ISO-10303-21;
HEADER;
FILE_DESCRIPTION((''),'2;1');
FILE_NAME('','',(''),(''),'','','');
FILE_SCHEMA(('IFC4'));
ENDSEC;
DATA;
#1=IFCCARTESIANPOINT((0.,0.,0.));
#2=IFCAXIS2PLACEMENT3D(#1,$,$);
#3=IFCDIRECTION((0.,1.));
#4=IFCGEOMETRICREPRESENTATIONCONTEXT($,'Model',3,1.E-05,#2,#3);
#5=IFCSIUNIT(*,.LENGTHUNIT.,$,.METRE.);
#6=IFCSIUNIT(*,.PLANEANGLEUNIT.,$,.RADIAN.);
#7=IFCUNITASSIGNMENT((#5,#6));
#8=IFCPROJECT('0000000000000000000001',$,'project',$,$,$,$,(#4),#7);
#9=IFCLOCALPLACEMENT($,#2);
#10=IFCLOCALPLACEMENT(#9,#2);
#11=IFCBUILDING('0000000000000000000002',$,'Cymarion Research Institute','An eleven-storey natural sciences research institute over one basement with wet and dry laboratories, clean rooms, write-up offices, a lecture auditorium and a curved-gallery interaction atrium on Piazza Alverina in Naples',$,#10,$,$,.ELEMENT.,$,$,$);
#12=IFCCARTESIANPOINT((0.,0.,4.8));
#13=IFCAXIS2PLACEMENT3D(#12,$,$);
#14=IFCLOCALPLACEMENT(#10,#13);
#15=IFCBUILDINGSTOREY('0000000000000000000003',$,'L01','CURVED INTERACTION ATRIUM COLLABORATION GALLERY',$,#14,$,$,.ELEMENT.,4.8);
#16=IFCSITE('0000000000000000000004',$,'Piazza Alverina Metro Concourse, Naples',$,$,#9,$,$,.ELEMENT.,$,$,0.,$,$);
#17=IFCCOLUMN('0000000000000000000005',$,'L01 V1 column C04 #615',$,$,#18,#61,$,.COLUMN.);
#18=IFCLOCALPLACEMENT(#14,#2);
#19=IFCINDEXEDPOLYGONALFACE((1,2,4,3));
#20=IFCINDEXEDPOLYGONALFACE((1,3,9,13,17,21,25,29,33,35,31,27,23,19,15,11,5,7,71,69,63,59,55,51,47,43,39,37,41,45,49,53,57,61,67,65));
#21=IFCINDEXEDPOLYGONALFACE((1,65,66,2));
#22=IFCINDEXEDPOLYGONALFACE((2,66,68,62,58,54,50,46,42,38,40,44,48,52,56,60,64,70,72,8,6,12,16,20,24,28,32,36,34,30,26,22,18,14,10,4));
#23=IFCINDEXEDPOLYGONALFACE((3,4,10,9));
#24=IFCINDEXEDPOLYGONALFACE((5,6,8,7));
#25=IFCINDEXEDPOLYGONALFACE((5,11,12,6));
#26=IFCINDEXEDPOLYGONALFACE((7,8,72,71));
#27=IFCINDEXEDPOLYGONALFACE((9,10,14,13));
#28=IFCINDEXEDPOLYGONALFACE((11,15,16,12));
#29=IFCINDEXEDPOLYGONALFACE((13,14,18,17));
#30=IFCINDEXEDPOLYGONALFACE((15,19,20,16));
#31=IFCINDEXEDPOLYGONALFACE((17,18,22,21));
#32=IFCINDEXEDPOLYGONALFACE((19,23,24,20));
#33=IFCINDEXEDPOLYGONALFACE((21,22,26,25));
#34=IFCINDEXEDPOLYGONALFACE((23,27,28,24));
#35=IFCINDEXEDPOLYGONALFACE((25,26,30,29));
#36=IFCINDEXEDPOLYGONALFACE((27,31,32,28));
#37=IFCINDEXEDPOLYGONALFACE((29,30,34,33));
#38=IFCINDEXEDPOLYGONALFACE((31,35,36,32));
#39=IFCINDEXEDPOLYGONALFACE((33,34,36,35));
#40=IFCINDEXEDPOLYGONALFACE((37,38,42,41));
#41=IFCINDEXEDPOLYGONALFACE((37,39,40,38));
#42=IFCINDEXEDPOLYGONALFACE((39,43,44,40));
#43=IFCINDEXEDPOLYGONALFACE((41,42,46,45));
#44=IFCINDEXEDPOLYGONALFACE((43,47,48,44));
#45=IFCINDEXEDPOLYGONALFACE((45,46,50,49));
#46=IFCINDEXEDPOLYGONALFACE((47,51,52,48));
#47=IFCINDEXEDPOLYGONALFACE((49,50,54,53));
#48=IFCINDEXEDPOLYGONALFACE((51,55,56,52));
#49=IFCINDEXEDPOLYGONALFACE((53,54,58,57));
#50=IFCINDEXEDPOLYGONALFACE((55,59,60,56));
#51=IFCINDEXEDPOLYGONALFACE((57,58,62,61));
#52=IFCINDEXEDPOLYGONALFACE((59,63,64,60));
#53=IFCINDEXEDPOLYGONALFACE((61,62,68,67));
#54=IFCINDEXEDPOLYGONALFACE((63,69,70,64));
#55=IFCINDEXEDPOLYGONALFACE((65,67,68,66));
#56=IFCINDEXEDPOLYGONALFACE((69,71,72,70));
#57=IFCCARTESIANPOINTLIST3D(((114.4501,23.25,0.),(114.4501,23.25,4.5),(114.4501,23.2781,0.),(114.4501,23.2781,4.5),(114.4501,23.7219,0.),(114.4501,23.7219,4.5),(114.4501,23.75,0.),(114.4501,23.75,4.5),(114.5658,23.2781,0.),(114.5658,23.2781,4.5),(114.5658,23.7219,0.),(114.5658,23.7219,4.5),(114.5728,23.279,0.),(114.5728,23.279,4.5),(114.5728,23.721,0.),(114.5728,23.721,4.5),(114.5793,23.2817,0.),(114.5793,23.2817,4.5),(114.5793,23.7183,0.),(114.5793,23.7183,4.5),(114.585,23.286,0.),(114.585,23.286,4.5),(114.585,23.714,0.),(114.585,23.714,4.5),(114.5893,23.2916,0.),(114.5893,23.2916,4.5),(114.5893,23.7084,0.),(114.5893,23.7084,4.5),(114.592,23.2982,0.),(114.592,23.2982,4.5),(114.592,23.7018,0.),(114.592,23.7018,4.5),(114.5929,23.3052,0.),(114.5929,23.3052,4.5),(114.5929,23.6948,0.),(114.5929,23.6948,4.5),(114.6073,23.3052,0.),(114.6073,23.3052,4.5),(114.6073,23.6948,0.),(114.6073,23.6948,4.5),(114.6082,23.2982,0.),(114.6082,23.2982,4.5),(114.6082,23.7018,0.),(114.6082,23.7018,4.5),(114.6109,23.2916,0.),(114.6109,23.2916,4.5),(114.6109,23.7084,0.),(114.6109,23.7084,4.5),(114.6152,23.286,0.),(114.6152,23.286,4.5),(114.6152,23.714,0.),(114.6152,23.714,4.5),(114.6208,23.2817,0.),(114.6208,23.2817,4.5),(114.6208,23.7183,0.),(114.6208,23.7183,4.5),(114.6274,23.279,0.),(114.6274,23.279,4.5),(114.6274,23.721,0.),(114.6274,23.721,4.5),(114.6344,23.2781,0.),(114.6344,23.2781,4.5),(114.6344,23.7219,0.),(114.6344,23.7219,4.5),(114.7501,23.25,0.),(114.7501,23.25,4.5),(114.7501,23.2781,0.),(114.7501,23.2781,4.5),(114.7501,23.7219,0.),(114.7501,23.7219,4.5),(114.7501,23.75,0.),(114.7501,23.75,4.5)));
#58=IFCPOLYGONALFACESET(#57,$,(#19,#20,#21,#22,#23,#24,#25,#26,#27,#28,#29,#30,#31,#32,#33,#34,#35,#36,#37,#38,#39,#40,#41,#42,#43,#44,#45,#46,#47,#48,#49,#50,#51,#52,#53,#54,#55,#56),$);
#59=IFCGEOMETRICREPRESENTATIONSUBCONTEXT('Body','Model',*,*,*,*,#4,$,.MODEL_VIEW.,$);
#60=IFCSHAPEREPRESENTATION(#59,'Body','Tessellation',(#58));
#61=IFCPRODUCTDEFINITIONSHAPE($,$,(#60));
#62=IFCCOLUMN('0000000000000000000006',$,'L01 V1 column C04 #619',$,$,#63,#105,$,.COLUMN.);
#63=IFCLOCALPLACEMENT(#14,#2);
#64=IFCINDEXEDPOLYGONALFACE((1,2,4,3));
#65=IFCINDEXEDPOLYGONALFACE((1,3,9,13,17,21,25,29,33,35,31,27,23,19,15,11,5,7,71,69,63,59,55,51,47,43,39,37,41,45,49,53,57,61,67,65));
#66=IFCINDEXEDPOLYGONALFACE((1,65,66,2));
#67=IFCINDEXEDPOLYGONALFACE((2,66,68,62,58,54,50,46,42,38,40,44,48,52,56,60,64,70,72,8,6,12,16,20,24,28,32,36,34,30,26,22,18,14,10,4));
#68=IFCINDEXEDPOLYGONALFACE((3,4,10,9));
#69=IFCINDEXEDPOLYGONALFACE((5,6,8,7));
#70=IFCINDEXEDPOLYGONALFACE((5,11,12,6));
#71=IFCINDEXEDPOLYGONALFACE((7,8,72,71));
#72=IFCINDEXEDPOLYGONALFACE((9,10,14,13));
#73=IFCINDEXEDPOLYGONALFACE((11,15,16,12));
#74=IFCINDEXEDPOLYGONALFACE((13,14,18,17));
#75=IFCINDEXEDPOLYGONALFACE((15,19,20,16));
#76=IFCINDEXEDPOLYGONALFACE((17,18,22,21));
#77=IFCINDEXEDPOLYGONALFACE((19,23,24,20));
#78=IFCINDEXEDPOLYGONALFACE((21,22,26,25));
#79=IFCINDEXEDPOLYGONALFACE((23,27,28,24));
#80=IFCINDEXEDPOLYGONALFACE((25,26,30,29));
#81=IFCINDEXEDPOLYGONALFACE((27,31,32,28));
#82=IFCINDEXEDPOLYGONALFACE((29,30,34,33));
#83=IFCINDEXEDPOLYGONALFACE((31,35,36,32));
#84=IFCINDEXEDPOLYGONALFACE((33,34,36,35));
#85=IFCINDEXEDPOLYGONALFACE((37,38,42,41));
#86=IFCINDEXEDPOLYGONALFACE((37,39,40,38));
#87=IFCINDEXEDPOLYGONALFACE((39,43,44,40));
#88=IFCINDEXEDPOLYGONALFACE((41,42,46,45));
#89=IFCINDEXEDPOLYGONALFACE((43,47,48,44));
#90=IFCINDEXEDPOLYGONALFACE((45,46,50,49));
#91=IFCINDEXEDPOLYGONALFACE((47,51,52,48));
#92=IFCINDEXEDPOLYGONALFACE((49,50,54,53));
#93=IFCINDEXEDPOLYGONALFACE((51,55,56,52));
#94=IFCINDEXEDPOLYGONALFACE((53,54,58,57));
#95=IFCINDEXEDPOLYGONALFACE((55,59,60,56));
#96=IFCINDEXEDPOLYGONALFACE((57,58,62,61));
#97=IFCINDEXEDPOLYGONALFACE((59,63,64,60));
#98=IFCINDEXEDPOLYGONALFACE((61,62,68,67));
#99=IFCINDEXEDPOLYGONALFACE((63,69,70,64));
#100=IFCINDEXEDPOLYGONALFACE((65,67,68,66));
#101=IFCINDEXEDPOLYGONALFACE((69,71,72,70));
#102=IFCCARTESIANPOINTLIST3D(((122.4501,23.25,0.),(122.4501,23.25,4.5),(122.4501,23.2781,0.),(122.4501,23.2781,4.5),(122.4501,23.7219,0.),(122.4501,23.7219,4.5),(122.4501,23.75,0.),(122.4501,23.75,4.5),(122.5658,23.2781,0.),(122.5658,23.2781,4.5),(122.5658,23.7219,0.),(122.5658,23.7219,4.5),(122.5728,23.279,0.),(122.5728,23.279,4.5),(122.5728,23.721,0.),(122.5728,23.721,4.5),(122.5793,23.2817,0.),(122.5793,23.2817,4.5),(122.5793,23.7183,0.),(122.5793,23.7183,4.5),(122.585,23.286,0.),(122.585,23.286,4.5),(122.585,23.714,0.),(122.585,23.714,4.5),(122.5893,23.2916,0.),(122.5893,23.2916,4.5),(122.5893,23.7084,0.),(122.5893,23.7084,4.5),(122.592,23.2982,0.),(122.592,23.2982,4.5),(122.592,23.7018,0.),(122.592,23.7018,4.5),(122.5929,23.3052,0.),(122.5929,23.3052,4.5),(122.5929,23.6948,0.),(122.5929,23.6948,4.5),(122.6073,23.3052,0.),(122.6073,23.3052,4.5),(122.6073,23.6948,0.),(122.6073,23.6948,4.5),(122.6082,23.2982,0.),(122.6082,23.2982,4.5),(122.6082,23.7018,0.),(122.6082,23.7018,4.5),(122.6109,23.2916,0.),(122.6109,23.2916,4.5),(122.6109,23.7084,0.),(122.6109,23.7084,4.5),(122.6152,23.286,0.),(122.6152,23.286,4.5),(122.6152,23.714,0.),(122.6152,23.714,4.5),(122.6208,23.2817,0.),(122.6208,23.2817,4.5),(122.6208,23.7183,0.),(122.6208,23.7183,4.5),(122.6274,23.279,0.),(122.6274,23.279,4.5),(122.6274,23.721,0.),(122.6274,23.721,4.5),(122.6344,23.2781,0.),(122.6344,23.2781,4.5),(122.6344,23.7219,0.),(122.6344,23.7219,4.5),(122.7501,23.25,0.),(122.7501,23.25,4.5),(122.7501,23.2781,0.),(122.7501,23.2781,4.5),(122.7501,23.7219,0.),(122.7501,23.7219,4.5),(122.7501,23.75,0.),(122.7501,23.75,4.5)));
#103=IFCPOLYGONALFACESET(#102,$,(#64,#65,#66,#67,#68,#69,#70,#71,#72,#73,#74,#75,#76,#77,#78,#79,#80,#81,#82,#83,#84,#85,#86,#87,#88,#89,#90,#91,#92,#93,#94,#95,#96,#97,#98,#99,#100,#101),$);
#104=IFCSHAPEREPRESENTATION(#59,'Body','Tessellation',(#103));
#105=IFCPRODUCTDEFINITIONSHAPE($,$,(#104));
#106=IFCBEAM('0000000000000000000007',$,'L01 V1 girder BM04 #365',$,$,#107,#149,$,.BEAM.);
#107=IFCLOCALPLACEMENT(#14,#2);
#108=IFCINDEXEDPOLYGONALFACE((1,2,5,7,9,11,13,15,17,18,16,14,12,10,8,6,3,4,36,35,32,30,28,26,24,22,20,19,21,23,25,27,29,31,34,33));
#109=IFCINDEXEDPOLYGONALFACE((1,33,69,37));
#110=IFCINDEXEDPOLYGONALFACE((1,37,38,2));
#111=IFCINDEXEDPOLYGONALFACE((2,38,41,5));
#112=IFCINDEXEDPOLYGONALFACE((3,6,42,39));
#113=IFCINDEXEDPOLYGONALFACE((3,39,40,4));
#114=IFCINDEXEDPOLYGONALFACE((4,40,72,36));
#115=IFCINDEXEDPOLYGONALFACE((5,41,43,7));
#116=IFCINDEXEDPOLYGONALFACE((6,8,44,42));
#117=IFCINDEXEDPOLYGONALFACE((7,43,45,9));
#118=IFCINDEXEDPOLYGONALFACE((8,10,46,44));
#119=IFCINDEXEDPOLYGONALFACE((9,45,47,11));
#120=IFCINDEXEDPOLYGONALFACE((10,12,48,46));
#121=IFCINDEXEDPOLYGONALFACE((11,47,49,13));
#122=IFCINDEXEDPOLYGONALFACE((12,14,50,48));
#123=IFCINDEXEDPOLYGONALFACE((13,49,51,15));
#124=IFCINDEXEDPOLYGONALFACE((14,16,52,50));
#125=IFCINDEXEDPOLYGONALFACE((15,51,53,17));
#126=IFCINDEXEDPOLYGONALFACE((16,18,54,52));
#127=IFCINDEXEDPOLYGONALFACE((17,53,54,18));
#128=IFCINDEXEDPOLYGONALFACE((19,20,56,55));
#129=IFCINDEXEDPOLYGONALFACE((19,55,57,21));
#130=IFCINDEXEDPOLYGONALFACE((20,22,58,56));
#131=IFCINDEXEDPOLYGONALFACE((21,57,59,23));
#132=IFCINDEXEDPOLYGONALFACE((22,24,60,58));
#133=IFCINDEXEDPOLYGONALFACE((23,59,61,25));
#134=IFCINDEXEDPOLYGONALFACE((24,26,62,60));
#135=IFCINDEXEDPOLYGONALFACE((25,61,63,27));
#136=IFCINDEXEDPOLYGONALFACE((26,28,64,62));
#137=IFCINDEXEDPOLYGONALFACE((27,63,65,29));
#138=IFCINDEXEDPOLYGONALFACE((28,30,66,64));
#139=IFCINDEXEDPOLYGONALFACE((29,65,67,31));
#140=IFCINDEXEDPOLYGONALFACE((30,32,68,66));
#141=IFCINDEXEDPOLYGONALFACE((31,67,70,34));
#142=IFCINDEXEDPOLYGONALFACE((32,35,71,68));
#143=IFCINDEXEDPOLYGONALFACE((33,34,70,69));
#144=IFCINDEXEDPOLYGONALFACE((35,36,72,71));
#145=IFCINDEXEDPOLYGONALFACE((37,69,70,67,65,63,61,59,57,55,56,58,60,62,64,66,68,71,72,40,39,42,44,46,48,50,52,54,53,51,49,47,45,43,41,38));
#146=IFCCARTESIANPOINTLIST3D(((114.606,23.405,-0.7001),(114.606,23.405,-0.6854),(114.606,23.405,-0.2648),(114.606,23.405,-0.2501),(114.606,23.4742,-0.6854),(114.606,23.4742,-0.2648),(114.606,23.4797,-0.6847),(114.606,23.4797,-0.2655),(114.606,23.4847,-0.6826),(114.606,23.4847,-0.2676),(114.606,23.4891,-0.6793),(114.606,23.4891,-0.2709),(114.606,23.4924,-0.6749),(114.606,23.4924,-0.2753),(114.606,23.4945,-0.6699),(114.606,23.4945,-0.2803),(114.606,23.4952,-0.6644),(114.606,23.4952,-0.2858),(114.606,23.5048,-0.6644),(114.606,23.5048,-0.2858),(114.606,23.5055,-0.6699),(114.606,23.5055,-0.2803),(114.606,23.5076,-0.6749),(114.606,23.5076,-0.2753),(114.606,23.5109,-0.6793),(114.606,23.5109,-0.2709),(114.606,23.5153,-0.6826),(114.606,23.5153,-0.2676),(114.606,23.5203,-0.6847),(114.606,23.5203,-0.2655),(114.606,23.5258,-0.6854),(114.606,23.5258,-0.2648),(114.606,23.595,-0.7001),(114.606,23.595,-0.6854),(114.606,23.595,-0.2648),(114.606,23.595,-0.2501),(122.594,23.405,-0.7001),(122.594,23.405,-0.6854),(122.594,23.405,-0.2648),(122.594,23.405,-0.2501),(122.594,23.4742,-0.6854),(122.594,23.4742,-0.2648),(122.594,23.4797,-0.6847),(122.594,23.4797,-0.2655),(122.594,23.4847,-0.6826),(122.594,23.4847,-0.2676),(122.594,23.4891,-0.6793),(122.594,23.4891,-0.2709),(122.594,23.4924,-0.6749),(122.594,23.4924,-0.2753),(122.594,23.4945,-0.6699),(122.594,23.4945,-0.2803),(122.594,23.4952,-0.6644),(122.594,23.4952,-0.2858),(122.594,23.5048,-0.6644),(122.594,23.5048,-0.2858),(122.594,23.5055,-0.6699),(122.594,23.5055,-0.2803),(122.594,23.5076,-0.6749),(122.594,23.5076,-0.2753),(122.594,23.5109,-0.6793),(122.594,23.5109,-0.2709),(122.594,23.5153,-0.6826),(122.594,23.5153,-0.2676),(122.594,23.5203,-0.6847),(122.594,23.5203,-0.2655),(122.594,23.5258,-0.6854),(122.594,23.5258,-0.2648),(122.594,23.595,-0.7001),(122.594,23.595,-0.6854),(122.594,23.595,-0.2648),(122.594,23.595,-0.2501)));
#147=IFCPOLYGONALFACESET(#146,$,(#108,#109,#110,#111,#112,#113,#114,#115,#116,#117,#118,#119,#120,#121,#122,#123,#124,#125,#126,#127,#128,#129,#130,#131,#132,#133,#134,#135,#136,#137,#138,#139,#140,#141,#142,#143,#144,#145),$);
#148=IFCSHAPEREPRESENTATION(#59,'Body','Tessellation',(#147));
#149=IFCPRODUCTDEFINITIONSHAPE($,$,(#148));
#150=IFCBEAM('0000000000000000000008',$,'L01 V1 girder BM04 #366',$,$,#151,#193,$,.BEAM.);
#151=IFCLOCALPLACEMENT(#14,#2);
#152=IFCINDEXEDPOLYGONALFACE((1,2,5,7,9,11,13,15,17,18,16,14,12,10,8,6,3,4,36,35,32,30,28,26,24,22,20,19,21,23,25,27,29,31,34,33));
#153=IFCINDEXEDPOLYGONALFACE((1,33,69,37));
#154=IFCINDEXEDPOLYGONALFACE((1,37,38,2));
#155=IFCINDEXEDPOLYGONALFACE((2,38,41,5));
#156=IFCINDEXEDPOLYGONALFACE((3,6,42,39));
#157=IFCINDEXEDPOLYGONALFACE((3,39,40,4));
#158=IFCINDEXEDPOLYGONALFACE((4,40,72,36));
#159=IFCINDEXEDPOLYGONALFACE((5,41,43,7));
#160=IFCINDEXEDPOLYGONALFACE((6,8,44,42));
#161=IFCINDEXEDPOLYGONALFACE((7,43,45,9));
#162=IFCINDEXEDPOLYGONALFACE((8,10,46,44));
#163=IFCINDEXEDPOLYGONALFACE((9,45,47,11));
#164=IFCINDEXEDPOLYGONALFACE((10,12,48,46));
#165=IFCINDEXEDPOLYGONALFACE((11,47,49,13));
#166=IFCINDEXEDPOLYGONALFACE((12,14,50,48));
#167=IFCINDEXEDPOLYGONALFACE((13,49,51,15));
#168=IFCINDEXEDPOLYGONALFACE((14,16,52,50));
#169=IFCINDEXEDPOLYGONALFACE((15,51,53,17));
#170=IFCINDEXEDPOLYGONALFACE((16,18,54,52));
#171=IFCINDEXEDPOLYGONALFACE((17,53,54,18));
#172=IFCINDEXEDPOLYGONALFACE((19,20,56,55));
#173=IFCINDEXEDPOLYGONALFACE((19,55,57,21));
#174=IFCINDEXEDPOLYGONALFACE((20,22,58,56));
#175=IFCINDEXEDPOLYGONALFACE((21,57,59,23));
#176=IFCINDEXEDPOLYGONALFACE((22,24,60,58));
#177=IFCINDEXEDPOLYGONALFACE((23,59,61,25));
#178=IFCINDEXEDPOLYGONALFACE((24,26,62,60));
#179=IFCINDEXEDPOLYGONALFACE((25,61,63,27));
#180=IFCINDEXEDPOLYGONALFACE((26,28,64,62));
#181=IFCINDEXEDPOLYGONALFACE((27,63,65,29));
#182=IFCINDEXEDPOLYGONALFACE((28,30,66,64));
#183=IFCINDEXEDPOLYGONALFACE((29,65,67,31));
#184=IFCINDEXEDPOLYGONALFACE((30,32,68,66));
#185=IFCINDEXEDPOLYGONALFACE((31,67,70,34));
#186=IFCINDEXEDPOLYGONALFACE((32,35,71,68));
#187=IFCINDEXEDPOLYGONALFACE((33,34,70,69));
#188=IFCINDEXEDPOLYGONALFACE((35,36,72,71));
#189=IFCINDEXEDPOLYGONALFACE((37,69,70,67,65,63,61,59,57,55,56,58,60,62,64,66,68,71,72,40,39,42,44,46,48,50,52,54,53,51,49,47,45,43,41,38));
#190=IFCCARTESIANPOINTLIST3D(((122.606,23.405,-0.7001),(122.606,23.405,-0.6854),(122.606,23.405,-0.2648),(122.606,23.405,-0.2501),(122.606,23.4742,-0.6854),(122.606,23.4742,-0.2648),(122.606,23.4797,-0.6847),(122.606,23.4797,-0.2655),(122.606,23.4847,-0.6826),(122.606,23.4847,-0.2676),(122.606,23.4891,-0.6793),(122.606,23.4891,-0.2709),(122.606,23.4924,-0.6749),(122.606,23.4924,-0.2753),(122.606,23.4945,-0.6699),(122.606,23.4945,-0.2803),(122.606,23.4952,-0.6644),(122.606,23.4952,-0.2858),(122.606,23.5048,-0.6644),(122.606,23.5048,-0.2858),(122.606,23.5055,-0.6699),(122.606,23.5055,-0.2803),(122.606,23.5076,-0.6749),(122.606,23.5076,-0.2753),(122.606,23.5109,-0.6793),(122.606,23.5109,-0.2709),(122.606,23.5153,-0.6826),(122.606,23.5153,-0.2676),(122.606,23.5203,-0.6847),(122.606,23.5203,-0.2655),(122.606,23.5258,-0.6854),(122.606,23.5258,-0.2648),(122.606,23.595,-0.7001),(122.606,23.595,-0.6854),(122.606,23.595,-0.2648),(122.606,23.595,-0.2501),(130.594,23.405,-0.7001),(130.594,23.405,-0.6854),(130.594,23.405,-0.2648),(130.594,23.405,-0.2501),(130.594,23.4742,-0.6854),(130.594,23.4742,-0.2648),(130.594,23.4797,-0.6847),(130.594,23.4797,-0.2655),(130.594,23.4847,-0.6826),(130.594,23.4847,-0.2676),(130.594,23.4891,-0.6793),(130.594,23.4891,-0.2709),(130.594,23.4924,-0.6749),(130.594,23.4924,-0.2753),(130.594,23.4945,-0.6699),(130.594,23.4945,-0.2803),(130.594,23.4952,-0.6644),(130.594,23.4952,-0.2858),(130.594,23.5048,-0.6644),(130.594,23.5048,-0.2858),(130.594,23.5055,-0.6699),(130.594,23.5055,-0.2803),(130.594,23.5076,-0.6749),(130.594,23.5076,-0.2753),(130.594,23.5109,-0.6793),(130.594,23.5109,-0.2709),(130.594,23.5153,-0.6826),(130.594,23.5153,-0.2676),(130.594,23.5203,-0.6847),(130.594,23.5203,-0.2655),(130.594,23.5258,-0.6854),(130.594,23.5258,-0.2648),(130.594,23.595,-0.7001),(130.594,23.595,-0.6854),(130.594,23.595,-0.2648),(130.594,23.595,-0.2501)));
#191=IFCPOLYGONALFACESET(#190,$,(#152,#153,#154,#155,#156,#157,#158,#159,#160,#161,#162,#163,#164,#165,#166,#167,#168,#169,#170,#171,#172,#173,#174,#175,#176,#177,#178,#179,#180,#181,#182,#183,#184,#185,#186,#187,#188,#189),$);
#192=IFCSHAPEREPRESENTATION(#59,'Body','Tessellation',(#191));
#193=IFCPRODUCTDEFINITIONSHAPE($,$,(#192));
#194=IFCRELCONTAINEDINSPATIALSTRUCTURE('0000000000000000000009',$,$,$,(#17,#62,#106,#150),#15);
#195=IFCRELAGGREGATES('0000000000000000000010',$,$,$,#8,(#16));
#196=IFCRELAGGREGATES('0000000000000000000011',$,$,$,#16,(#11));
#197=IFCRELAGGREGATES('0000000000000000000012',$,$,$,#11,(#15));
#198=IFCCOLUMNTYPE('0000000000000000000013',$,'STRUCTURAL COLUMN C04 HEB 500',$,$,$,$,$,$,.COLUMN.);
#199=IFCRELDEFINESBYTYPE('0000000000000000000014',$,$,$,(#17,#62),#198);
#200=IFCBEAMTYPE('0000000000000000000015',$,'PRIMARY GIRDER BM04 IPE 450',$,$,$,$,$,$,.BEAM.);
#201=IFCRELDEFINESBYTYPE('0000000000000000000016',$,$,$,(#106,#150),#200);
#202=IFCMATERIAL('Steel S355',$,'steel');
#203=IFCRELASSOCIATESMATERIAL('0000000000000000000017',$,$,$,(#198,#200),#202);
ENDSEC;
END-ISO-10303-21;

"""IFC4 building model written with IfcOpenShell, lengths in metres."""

from ifc_helpers import new_model, si_unit, direction, frame, origin, origin_2d, place, context, subcontext, project, spatial, i_section, extrude, material, material_profile, profile_set, type_object, element, save


model = new_model("IFC4")

# Units and contexts
model_context = context("Model", 3, precision=1e-05, world=origin(), true_north=direction((0.0, 1.0)))
body_context = subcontext(model_context, "Body", "Model", "MODEL_VIEW")
ifc_project = project(units=[si_unit("LENGTHUNIT", "METRE"), si_unit("PLANEANGLEUNIT", "RADIAN")], contexts=[model_context])

# Site, building, storey
site_placement = place(None, origin())
site = spatial("IfcSite", under=ifc_project, at=site_placement, Name="Piazza Alverina Metro Concourse, Naples", CompositionType="ELEMENT", RefElevation=0.0)
building_placement = place(site_placement, origin())
building = spatial("IfcBuilding", under=site, at=building_placement, Name="Cymarion Research Institute", Description="An eleven-storey natural sciences research institute over one basement with wet and dry laboratories, clean rooms, write-up offices, a lecture auditorium and a curved-gallery interaction atrium on Piazza Alverina in Naples", CompositionType="ELEMENT")
storey_placement = place(building_placement, frame((0.0, 0.0, 4.8)))
storey = spatial("IfcBuildingStorey", under=building, at=storey_placement, Name="L01", Description="CURVED INTERACTION ATRIUM COLLABORATION GALLERY", CompositionType="ELEMENT", Elevation=4.8)

# Columns
ifc_material_1 = material(Name="Steel S355", Category="steel")
ifc_material_profile_1 = material_profile(ifc_material_1, i_section(OverallWidth=0.3, OverallDepth=0.5, WebThickness=0.0144, FlangeThickness=0.0281, FilletRadius=0.0271, at=origin_2d()), Name="HEB 500")
ifc_profile_set_1 = profile_set([ifc_material_profile_1], Name="Steel S355")
column_type = type_object("IfcColumnType", Name="STRUCTURAL COLUMN C04 HEB 500", PredefinedType="COLUMN", material=ifc_profile_set_1)
for number, where, z_axis, x_axis, name in (
    (1, (114.6001, 23.5, 0.0), (0.0, 0.0, 1.0), (1.0, 0.0, 0.0), "L01 V1 column C04 #615"),
    (2, (122.6001, 23.5, 0.0), (0.0, 0.0, 1.0), (1.0, 0.0, 0.0), "L01 V1 column C04 #619"),
):
    element("IfcColumn", number, at=place(storey_placement, frame(where, z_axis=z_axis, x_axis=x_axis)), inside=storey, type_object=column_type, Name=name, PredefinedType="COLUMN", context=body_context, shape_type="SweptSolid", body=[
        extrude(i_section(OverallWidth=0.3, OverallDepth=0.5, WebThickness=0.0144, FlangeThickness=0.0281, FilletRadius=0.0271, at=origin_2d()), origin(), (0.0, 0.0, 1.0), 4.5),
    ])

# Beams
ifc_material_profile_2 = material_profile(ifc_material_1, i_section(OverallWidth=0.1899, OverallDepth=0.45, WebThickness=0.0095, FlangeThickness=0.0146, FilletRadius=0.021, at=origin_2d()), Name="IPE 450")
ifc_profile_set_2 = profile_set([ifc_material_profile_2], Name="Steel S355")
beam_type_1 = type_object("IfcBeamType", Name="PRIMARY GIRDER BM04 IPE 450", PredefinedType="BEAM", material=ifc_profile_set_2)
for number, where, z_axis, x_axis, name in (
    (3, (114.606, 23.5, -0.4751), (1.0, 0.0, 0.0), (0.0, 1.0, 0.0), "L01 V1 girder BM04 #365"),
    (4, (122.606, 23.5, -0.4751), (1.0, 0.0, 0.0), (0.0, 1.0, 0.0), "L01 V1 girder BM04 #366"),
):
    element("IfcBeam", number, at=place(storey_placement, frame(where, z_axis=z_axis, x_axis=x_axis)), inside=storey, type_object=beam_type_1, Name=name, PredefinedType="BEAM", context=body_context, shape_type="SweptSolid", body=[
        extrude(i_section(OverallWidth=0.1899, OverallDepth=0.45, WebThickness=0.0095, FlangeThickness=0.0146, FilletRadius=0.021, at=origin_2d()), origin(), (0.0, 0.0, 1.0), 7.988),
    ])

save(model, "model.ifc")
